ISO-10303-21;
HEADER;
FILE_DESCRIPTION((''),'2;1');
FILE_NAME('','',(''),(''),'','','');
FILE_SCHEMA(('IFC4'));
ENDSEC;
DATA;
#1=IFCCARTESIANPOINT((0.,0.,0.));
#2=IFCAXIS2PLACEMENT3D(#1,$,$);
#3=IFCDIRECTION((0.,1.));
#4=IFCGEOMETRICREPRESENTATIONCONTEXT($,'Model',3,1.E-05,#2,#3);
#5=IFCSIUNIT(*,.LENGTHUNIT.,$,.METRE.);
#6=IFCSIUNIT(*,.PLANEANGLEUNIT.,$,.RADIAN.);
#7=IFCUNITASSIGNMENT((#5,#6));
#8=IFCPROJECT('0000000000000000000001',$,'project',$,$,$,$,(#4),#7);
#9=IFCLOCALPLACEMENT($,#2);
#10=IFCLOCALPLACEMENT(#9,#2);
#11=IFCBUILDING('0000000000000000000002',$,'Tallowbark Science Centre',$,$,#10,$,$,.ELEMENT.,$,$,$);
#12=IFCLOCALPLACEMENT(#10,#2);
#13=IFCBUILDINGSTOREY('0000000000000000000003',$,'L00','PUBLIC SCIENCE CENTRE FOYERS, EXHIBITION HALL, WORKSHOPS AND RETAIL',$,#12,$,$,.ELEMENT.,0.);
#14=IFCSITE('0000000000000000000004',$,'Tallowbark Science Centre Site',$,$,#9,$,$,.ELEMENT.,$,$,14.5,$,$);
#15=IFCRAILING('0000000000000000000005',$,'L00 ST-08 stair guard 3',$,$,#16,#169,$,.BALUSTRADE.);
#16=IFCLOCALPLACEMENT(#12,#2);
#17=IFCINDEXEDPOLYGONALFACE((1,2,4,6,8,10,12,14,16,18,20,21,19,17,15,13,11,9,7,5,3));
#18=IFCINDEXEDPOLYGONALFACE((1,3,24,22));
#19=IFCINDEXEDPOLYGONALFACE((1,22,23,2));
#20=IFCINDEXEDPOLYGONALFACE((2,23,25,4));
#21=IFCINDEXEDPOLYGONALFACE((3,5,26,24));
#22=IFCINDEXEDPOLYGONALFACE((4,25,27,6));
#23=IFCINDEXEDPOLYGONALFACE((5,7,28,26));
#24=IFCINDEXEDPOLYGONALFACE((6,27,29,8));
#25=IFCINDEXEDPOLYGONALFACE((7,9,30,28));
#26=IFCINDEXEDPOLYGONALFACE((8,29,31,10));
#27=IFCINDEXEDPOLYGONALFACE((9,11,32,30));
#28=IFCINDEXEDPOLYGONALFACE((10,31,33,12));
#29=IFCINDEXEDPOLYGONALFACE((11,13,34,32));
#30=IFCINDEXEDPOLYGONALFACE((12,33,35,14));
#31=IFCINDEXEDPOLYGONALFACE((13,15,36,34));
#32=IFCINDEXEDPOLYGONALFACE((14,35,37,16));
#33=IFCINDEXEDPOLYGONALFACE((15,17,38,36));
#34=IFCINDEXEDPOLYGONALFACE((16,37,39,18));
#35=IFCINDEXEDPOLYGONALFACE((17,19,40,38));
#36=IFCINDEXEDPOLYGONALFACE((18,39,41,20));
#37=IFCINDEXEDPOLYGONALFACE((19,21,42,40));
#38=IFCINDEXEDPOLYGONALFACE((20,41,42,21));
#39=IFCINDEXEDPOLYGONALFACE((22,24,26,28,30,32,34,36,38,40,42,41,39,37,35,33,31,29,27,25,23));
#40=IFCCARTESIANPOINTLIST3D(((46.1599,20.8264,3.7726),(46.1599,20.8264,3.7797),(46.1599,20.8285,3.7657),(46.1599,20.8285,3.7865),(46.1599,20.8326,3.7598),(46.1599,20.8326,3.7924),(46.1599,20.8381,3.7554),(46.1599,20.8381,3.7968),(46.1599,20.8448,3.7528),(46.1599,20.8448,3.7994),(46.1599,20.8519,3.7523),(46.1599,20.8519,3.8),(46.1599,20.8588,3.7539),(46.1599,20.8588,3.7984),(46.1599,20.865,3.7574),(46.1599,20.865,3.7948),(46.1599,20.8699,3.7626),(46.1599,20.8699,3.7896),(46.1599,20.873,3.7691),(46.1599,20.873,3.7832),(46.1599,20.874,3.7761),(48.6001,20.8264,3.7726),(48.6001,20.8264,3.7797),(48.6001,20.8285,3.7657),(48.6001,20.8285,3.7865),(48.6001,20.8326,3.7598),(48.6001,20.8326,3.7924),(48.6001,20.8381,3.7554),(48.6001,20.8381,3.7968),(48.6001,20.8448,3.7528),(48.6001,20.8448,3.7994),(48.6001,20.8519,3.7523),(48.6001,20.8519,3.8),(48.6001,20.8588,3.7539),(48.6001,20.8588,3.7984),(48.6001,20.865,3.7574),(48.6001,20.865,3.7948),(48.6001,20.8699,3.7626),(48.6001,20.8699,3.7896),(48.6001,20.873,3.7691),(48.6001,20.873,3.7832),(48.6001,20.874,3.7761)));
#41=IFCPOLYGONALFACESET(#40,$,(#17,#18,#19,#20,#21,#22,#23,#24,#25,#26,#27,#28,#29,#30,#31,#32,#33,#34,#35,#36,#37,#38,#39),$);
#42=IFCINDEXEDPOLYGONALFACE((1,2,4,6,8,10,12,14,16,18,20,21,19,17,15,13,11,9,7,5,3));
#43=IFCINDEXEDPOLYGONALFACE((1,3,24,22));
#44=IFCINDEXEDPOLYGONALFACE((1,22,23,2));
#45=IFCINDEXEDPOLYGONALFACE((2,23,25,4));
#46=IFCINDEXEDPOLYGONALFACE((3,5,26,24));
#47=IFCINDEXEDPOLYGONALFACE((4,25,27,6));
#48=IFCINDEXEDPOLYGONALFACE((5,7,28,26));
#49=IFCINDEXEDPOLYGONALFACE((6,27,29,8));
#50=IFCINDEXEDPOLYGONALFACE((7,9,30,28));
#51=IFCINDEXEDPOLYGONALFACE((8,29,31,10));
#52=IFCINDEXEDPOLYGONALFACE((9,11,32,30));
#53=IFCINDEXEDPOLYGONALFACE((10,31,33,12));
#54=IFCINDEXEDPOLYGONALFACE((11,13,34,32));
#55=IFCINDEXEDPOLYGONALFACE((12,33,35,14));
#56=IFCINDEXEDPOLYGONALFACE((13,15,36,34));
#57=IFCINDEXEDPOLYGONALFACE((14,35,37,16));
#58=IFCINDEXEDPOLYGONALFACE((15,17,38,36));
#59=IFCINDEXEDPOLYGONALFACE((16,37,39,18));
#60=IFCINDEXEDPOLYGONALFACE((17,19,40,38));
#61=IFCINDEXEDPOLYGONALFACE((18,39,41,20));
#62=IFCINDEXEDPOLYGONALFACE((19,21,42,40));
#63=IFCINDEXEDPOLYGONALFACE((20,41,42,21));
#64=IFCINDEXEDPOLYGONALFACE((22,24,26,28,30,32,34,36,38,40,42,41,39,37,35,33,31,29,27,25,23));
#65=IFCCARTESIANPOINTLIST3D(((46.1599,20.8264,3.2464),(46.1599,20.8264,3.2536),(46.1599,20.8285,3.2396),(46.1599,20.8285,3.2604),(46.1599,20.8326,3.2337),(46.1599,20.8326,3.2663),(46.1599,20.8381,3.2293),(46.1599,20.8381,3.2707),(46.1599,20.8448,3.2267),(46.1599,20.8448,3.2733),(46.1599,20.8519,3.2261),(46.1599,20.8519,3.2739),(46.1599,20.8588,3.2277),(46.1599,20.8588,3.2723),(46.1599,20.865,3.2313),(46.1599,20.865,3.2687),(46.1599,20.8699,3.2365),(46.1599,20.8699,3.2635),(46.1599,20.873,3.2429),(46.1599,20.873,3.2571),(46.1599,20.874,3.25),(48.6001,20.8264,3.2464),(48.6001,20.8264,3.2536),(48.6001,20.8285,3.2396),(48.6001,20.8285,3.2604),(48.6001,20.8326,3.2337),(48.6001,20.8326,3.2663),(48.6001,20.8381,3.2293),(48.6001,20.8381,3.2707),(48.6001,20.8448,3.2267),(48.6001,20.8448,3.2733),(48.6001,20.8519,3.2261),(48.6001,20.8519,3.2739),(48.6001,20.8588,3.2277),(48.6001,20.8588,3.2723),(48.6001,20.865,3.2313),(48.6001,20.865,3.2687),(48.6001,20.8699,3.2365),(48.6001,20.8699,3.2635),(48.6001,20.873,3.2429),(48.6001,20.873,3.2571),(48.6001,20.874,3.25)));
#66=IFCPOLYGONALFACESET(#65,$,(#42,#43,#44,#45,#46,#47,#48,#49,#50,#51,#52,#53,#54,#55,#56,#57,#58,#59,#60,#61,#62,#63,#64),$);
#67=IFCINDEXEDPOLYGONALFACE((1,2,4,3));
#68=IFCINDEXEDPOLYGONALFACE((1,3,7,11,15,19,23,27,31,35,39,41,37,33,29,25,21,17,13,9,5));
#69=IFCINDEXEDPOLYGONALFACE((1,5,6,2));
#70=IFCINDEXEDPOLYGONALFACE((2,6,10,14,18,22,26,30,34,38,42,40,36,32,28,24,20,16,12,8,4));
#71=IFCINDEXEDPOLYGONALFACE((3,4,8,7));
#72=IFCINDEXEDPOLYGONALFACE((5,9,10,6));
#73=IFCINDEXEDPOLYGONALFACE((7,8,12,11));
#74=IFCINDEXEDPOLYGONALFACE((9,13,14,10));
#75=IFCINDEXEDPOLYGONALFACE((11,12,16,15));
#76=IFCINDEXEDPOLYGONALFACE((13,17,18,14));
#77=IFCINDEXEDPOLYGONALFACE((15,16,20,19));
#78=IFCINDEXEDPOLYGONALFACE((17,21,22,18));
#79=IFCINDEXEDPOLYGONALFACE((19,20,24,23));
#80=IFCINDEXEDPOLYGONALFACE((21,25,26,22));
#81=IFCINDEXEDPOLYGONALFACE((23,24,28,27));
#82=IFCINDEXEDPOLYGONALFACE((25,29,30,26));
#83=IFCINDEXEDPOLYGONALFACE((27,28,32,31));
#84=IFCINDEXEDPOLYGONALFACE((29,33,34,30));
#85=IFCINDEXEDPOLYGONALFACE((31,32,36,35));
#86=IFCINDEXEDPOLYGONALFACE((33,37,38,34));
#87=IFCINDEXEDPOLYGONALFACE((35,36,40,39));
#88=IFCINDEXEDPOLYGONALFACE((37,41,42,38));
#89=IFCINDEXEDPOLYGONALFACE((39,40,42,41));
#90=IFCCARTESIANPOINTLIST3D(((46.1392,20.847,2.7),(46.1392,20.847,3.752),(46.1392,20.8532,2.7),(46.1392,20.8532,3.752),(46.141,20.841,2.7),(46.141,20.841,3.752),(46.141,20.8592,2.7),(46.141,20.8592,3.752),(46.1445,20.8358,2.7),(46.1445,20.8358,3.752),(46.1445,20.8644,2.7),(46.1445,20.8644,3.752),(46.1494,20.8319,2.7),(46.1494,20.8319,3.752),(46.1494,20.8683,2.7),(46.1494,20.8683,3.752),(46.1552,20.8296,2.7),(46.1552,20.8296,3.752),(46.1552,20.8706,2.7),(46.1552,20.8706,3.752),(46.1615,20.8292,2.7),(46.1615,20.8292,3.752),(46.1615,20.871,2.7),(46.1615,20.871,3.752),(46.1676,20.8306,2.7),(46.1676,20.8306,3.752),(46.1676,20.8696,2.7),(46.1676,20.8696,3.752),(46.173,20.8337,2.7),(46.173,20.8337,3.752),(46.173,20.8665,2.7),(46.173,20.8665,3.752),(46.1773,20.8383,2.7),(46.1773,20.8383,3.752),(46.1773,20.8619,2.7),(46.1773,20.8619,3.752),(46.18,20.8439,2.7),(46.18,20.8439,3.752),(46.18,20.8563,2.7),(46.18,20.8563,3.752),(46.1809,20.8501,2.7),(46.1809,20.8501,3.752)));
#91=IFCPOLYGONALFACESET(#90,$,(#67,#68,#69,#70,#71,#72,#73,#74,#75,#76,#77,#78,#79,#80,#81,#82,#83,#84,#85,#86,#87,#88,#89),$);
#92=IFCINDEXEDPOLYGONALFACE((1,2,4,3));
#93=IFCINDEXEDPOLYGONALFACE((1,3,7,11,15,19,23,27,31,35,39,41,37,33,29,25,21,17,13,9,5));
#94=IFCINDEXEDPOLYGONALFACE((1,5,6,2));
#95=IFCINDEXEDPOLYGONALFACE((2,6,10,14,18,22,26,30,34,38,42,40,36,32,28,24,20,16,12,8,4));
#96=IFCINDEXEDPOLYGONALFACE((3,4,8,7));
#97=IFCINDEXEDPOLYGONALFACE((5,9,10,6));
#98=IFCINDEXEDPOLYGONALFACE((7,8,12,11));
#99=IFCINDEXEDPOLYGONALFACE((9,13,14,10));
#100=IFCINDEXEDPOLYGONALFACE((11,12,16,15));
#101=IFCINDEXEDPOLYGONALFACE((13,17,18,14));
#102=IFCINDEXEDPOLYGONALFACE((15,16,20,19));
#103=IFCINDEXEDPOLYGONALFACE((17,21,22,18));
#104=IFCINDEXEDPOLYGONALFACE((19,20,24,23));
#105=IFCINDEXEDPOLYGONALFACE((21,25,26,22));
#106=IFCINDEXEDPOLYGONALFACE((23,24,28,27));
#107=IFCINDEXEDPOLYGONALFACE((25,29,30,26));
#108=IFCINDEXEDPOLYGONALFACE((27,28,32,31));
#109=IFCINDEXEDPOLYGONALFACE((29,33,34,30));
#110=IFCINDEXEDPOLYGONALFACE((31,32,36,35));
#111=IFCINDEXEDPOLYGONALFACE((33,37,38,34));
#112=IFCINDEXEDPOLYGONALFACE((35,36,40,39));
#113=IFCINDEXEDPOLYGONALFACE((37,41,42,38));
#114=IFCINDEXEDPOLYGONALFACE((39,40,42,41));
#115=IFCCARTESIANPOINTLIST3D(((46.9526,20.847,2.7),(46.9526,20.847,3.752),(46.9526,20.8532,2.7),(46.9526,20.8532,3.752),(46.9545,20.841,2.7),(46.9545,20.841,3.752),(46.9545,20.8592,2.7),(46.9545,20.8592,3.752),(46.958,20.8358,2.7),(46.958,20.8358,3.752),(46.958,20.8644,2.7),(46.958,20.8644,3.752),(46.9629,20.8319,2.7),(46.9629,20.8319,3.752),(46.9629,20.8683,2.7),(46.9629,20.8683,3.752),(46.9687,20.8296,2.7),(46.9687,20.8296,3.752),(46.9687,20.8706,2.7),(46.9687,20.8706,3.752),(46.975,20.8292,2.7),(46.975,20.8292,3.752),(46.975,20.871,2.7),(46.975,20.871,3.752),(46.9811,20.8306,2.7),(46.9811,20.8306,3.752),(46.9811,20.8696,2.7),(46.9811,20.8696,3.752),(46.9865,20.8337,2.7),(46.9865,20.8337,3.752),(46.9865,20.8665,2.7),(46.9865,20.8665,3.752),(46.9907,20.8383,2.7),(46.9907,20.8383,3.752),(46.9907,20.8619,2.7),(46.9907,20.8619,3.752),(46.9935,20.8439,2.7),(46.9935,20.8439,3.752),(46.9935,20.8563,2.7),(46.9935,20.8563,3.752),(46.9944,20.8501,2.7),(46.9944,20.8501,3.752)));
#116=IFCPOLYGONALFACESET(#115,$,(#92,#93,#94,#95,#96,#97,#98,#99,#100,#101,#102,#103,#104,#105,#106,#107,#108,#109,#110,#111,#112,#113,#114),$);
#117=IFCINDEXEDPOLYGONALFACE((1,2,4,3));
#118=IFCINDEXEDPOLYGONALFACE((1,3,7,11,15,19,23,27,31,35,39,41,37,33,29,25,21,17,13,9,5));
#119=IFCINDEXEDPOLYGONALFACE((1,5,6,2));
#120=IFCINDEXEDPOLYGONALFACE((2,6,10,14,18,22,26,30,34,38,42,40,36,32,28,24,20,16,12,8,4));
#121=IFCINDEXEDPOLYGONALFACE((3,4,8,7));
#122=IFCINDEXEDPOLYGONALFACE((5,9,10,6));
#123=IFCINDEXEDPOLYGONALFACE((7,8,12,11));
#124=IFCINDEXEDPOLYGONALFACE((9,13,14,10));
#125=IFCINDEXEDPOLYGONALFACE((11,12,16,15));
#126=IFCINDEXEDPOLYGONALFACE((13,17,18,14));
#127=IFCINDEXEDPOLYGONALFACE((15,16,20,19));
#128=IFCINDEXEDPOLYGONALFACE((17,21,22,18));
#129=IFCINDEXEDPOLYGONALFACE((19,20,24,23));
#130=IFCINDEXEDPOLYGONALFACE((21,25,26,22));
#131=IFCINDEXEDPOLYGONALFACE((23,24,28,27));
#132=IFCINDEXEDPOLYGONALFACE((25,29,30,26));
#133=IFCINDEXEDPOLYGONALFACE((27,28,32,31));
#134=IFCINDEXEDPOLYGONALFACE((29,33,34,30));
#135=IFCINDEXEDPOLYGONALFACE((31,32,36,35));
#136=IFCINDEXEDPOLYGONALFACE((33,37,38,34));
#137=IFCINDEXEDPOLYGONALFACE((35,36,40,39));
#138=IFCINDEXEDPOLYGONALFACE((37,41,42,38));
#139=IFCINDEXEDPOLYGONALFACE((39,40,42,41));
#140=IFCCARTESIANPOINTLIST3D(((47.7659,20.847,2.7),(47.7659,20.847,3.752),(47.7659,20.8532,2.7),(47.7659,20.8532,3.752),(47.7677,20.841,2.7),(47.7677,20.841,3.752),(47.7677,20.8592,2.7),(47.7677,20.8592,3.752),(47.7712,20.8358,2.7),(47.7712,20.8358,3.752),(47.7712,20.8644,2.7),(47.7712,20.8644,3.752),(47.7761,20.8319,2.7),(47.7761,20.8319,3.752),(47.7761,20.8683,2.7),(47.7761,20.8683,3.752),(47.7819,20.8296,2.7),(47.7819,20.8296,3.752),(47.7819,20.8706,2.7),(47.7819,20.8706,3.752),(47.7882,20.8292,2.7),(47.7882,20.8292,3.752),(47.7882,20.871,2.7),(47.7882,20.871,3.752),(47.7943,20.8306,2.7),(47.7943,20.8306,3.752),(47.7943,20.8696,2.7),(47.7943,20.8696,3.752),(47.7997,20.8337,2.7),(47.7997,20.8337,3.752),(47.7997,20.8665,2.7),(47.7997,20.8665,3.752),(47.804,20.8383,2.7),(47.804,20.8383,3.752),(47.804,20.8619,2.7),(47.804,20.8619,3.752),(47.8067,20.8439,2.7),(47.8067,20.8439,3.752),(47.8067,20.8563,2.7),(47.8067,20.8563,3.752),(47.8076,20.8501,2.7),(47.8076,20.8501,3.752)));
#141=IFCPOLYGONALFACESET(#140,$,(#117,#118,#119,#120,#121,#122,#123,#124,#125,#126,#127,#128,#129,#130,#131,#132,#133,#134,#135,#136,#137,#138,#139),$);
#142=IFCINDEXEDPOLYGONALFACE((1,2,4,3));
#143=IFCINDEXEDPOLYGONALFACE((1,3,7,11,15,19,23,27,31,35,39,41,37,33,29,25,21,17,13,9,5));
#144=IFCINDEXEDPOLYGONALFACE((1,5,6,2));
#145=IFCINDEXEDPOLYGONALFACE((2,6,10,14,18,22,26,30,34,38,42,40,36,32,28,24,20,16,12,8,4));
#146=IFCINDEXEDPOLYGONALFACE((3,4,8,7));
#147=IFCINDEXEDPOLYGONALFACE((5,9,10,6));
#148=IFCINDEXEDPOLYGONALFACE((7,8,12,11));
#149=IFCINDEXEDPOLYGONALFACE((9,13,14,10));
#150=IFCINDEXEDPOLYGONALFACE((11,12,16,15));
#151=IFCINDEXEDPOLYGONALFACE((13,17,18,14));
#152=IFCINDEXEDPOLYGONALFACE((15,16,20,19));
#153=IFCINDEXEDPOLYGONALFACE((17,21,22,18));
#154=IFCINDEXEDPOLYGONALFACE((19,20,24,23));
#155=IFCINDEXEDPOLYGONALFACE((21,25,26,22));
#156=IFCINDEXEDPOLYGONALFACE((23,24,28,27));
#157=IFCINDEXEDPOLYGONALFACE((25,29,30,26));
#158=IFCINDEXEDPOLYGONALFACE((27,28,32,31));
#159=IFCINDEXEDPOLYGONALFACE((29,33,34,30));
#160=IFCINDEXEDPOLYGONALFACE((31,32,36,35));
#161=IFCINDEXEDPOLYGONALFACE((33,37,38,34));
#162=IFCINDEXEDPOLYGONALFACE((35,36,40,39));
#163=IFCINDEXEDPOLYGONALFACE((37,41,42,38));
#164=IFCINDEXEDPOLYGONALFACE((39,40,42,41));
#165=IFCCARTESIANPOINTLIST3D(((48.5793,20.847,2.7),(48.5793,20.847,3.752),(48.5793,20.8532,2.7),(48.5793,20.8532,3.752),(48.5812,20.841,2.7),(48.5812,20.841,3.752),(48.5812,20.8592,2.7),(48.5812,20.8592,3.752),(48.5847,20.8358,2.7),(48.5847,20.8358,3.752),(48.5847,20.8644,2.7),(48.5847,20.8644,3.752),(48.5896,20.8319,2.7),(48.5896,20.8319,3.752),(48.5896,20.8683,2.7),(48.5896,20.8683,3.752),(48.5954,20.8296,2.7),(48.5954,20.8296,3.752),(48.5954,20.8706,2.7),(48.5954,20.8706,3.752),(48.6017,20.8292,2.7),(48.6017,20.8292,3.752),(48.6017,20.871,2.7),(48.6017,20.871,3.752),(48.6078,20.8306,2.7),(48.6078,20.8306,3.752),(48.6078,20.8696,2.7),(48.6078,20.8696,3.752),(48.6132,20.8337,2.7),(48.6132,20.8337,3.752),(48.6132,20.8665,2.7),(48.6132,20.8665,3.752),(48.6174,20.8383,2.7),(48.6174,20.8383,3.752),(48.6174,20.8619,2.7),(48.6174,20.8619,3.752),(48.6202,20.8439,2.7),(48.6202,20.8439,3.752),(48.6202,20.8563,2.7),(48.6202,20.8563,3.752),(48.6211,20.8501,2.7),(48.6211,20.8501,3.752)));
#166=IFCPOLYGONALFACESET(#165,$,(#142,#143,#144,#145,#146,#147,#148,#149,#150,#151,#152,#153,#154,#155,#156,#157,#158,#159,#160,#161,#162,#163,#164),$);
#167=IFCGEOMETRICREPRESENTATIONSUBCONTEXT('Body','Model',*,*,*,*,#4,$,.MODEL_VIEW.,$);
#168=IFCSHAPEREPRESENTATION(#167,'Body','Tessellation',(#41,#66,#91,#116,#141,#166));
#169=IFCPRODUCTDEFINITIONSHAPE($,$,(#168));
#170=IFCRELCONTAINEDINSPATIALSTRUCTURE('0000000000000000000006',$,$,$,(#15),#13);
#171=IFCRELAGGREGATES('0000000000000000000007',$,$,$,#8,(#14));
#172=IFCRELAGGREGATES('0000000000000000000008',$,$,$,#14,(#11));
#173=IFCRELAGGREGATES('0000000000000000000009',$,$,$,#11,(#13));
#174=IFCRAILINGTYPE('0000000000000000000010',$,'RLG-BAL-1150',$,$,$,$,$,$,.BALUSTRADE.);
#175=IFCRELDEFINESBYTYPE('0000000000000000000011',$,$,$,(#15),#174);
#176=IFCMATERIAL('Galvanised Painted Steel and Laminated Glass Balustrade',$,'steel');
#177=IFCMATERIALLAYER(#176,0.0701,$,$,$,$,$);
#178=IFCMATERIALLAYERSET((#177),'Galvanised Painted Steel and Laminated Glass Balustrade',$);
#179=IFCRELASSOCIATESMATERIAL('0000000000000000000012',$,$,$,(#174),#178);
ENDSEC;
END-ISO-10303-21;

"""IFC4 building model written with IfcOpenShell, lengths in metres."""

from ifc_helpers import new_model, si_unit, direction, frame, origin, origin_2d, place, context, subcontext, project, spatial, circle, extrude, material, layer, layer_set, type_object, element, save


model = new_model("IFC4")

# Units and contexts
model_context = context("Model", 3, precision=1e-05, world=origin(), true_north=direction((0.0, 1.0)))
body_context = subcontext(model_context, "Body", "Model", "MODEL_VIEW")
ifc_project = project(units=[si_unit("LENGTHUNIT", "METRE"), si_unit("PLANEANGLEUNIT", "RADIAN")], contexts=[model_context])

# Site, building, storey
site_placement = place(None, origin())
site = spatial("IfcSite", under=ifc_project, at=site_placement, Name="Tallowbark Science Centre Site", CompositionType="ELEMENT", RefElevation=14.5)
building_placement = place(site_placement, origin())
building = spatial("IfcBuilding", under=site, at=building_placement, Name="Tallowbark Science Centre", CompositionType="ELEMENT")
storey_placement = place(building_placement, origin())
storey = spatial("IfcBuildingStorey", under=building, at=storey_placement, Name="L00", Description="PUBLIC SCIENCE CENTRE FOYERS, EXHIBITION HALL, WORKSHOPS AND RETAIL", CompositionType="ELEMENT", Elevation=0.0)

# Railing
ifc_material_1 = material(Name="Galvanised Painted Steel and Laminated Glass Balustrade", Category="steel")
ifc_layer_1 = layer(ifc_material_1, 0.0701)
ifc_layer_set_1 = layer_set([ifc_layer_1], Name="Galvanised Painted Steel and Laminated Glass Balustrade")
railing_type = type_object("IfcRailingType", Name="RLG-BAL-1150", PredefinedType="BALUSTRADE", material=ifc_layer_set_1)
railing_1_placement = place(storey_placement, frame((46.1599, 20.8501, 2.7)))
element("IfcRailing", 1, at=railing_1_placement, inside=storey, type_object=railing_type, Name="L00 ST-08 stair guard 3", PredefinedType="BALUSTRADE", context=body_context, shape_type="SweptSolid", body=[
    extrude(circle(Radius=0.0239, at=origin_2d()), frame((0.0, 0.0, 1.0762), z_axis=(1.0, 0.0, 0.0), x_axis=(0.0, 1.0, 0.0)), (0.0, 0.0, 1.0), 2.4402),
    extrude(circle(Radius=0.0239, at=origin_2d()), frame((0.0, 0.0, 0.55), z_axis=(1.0, 0.0, 0.0), x_axis=(0.0, 1.0, 0.0)), (0.0, 0.0, 1.0), 2.4402),
    extrude(circle(Radius=0.021, at=origin_2d()), origin(), (0.0, 0.0, 1.0), 1.052),
    extrude(circle(Radius=0.021, at=origin_2d()), frame((0.8135, 0.0, 0.0)), (0.0, 0.0, 1.0), 1.052),
    extrude(circle(Radius=0.021, at=origin_2d()), frame((1.6267, 0.0, 0.0)), (0.0, 0.0, 1.0), 1.052),
    extrude(circle(Radius=0.021, at=origin_2d()), frame((2.4402, 0.0, 0.0)), (0.0, 0.0, 1.0), 1.052),
])

save(model, "model.ifc")
